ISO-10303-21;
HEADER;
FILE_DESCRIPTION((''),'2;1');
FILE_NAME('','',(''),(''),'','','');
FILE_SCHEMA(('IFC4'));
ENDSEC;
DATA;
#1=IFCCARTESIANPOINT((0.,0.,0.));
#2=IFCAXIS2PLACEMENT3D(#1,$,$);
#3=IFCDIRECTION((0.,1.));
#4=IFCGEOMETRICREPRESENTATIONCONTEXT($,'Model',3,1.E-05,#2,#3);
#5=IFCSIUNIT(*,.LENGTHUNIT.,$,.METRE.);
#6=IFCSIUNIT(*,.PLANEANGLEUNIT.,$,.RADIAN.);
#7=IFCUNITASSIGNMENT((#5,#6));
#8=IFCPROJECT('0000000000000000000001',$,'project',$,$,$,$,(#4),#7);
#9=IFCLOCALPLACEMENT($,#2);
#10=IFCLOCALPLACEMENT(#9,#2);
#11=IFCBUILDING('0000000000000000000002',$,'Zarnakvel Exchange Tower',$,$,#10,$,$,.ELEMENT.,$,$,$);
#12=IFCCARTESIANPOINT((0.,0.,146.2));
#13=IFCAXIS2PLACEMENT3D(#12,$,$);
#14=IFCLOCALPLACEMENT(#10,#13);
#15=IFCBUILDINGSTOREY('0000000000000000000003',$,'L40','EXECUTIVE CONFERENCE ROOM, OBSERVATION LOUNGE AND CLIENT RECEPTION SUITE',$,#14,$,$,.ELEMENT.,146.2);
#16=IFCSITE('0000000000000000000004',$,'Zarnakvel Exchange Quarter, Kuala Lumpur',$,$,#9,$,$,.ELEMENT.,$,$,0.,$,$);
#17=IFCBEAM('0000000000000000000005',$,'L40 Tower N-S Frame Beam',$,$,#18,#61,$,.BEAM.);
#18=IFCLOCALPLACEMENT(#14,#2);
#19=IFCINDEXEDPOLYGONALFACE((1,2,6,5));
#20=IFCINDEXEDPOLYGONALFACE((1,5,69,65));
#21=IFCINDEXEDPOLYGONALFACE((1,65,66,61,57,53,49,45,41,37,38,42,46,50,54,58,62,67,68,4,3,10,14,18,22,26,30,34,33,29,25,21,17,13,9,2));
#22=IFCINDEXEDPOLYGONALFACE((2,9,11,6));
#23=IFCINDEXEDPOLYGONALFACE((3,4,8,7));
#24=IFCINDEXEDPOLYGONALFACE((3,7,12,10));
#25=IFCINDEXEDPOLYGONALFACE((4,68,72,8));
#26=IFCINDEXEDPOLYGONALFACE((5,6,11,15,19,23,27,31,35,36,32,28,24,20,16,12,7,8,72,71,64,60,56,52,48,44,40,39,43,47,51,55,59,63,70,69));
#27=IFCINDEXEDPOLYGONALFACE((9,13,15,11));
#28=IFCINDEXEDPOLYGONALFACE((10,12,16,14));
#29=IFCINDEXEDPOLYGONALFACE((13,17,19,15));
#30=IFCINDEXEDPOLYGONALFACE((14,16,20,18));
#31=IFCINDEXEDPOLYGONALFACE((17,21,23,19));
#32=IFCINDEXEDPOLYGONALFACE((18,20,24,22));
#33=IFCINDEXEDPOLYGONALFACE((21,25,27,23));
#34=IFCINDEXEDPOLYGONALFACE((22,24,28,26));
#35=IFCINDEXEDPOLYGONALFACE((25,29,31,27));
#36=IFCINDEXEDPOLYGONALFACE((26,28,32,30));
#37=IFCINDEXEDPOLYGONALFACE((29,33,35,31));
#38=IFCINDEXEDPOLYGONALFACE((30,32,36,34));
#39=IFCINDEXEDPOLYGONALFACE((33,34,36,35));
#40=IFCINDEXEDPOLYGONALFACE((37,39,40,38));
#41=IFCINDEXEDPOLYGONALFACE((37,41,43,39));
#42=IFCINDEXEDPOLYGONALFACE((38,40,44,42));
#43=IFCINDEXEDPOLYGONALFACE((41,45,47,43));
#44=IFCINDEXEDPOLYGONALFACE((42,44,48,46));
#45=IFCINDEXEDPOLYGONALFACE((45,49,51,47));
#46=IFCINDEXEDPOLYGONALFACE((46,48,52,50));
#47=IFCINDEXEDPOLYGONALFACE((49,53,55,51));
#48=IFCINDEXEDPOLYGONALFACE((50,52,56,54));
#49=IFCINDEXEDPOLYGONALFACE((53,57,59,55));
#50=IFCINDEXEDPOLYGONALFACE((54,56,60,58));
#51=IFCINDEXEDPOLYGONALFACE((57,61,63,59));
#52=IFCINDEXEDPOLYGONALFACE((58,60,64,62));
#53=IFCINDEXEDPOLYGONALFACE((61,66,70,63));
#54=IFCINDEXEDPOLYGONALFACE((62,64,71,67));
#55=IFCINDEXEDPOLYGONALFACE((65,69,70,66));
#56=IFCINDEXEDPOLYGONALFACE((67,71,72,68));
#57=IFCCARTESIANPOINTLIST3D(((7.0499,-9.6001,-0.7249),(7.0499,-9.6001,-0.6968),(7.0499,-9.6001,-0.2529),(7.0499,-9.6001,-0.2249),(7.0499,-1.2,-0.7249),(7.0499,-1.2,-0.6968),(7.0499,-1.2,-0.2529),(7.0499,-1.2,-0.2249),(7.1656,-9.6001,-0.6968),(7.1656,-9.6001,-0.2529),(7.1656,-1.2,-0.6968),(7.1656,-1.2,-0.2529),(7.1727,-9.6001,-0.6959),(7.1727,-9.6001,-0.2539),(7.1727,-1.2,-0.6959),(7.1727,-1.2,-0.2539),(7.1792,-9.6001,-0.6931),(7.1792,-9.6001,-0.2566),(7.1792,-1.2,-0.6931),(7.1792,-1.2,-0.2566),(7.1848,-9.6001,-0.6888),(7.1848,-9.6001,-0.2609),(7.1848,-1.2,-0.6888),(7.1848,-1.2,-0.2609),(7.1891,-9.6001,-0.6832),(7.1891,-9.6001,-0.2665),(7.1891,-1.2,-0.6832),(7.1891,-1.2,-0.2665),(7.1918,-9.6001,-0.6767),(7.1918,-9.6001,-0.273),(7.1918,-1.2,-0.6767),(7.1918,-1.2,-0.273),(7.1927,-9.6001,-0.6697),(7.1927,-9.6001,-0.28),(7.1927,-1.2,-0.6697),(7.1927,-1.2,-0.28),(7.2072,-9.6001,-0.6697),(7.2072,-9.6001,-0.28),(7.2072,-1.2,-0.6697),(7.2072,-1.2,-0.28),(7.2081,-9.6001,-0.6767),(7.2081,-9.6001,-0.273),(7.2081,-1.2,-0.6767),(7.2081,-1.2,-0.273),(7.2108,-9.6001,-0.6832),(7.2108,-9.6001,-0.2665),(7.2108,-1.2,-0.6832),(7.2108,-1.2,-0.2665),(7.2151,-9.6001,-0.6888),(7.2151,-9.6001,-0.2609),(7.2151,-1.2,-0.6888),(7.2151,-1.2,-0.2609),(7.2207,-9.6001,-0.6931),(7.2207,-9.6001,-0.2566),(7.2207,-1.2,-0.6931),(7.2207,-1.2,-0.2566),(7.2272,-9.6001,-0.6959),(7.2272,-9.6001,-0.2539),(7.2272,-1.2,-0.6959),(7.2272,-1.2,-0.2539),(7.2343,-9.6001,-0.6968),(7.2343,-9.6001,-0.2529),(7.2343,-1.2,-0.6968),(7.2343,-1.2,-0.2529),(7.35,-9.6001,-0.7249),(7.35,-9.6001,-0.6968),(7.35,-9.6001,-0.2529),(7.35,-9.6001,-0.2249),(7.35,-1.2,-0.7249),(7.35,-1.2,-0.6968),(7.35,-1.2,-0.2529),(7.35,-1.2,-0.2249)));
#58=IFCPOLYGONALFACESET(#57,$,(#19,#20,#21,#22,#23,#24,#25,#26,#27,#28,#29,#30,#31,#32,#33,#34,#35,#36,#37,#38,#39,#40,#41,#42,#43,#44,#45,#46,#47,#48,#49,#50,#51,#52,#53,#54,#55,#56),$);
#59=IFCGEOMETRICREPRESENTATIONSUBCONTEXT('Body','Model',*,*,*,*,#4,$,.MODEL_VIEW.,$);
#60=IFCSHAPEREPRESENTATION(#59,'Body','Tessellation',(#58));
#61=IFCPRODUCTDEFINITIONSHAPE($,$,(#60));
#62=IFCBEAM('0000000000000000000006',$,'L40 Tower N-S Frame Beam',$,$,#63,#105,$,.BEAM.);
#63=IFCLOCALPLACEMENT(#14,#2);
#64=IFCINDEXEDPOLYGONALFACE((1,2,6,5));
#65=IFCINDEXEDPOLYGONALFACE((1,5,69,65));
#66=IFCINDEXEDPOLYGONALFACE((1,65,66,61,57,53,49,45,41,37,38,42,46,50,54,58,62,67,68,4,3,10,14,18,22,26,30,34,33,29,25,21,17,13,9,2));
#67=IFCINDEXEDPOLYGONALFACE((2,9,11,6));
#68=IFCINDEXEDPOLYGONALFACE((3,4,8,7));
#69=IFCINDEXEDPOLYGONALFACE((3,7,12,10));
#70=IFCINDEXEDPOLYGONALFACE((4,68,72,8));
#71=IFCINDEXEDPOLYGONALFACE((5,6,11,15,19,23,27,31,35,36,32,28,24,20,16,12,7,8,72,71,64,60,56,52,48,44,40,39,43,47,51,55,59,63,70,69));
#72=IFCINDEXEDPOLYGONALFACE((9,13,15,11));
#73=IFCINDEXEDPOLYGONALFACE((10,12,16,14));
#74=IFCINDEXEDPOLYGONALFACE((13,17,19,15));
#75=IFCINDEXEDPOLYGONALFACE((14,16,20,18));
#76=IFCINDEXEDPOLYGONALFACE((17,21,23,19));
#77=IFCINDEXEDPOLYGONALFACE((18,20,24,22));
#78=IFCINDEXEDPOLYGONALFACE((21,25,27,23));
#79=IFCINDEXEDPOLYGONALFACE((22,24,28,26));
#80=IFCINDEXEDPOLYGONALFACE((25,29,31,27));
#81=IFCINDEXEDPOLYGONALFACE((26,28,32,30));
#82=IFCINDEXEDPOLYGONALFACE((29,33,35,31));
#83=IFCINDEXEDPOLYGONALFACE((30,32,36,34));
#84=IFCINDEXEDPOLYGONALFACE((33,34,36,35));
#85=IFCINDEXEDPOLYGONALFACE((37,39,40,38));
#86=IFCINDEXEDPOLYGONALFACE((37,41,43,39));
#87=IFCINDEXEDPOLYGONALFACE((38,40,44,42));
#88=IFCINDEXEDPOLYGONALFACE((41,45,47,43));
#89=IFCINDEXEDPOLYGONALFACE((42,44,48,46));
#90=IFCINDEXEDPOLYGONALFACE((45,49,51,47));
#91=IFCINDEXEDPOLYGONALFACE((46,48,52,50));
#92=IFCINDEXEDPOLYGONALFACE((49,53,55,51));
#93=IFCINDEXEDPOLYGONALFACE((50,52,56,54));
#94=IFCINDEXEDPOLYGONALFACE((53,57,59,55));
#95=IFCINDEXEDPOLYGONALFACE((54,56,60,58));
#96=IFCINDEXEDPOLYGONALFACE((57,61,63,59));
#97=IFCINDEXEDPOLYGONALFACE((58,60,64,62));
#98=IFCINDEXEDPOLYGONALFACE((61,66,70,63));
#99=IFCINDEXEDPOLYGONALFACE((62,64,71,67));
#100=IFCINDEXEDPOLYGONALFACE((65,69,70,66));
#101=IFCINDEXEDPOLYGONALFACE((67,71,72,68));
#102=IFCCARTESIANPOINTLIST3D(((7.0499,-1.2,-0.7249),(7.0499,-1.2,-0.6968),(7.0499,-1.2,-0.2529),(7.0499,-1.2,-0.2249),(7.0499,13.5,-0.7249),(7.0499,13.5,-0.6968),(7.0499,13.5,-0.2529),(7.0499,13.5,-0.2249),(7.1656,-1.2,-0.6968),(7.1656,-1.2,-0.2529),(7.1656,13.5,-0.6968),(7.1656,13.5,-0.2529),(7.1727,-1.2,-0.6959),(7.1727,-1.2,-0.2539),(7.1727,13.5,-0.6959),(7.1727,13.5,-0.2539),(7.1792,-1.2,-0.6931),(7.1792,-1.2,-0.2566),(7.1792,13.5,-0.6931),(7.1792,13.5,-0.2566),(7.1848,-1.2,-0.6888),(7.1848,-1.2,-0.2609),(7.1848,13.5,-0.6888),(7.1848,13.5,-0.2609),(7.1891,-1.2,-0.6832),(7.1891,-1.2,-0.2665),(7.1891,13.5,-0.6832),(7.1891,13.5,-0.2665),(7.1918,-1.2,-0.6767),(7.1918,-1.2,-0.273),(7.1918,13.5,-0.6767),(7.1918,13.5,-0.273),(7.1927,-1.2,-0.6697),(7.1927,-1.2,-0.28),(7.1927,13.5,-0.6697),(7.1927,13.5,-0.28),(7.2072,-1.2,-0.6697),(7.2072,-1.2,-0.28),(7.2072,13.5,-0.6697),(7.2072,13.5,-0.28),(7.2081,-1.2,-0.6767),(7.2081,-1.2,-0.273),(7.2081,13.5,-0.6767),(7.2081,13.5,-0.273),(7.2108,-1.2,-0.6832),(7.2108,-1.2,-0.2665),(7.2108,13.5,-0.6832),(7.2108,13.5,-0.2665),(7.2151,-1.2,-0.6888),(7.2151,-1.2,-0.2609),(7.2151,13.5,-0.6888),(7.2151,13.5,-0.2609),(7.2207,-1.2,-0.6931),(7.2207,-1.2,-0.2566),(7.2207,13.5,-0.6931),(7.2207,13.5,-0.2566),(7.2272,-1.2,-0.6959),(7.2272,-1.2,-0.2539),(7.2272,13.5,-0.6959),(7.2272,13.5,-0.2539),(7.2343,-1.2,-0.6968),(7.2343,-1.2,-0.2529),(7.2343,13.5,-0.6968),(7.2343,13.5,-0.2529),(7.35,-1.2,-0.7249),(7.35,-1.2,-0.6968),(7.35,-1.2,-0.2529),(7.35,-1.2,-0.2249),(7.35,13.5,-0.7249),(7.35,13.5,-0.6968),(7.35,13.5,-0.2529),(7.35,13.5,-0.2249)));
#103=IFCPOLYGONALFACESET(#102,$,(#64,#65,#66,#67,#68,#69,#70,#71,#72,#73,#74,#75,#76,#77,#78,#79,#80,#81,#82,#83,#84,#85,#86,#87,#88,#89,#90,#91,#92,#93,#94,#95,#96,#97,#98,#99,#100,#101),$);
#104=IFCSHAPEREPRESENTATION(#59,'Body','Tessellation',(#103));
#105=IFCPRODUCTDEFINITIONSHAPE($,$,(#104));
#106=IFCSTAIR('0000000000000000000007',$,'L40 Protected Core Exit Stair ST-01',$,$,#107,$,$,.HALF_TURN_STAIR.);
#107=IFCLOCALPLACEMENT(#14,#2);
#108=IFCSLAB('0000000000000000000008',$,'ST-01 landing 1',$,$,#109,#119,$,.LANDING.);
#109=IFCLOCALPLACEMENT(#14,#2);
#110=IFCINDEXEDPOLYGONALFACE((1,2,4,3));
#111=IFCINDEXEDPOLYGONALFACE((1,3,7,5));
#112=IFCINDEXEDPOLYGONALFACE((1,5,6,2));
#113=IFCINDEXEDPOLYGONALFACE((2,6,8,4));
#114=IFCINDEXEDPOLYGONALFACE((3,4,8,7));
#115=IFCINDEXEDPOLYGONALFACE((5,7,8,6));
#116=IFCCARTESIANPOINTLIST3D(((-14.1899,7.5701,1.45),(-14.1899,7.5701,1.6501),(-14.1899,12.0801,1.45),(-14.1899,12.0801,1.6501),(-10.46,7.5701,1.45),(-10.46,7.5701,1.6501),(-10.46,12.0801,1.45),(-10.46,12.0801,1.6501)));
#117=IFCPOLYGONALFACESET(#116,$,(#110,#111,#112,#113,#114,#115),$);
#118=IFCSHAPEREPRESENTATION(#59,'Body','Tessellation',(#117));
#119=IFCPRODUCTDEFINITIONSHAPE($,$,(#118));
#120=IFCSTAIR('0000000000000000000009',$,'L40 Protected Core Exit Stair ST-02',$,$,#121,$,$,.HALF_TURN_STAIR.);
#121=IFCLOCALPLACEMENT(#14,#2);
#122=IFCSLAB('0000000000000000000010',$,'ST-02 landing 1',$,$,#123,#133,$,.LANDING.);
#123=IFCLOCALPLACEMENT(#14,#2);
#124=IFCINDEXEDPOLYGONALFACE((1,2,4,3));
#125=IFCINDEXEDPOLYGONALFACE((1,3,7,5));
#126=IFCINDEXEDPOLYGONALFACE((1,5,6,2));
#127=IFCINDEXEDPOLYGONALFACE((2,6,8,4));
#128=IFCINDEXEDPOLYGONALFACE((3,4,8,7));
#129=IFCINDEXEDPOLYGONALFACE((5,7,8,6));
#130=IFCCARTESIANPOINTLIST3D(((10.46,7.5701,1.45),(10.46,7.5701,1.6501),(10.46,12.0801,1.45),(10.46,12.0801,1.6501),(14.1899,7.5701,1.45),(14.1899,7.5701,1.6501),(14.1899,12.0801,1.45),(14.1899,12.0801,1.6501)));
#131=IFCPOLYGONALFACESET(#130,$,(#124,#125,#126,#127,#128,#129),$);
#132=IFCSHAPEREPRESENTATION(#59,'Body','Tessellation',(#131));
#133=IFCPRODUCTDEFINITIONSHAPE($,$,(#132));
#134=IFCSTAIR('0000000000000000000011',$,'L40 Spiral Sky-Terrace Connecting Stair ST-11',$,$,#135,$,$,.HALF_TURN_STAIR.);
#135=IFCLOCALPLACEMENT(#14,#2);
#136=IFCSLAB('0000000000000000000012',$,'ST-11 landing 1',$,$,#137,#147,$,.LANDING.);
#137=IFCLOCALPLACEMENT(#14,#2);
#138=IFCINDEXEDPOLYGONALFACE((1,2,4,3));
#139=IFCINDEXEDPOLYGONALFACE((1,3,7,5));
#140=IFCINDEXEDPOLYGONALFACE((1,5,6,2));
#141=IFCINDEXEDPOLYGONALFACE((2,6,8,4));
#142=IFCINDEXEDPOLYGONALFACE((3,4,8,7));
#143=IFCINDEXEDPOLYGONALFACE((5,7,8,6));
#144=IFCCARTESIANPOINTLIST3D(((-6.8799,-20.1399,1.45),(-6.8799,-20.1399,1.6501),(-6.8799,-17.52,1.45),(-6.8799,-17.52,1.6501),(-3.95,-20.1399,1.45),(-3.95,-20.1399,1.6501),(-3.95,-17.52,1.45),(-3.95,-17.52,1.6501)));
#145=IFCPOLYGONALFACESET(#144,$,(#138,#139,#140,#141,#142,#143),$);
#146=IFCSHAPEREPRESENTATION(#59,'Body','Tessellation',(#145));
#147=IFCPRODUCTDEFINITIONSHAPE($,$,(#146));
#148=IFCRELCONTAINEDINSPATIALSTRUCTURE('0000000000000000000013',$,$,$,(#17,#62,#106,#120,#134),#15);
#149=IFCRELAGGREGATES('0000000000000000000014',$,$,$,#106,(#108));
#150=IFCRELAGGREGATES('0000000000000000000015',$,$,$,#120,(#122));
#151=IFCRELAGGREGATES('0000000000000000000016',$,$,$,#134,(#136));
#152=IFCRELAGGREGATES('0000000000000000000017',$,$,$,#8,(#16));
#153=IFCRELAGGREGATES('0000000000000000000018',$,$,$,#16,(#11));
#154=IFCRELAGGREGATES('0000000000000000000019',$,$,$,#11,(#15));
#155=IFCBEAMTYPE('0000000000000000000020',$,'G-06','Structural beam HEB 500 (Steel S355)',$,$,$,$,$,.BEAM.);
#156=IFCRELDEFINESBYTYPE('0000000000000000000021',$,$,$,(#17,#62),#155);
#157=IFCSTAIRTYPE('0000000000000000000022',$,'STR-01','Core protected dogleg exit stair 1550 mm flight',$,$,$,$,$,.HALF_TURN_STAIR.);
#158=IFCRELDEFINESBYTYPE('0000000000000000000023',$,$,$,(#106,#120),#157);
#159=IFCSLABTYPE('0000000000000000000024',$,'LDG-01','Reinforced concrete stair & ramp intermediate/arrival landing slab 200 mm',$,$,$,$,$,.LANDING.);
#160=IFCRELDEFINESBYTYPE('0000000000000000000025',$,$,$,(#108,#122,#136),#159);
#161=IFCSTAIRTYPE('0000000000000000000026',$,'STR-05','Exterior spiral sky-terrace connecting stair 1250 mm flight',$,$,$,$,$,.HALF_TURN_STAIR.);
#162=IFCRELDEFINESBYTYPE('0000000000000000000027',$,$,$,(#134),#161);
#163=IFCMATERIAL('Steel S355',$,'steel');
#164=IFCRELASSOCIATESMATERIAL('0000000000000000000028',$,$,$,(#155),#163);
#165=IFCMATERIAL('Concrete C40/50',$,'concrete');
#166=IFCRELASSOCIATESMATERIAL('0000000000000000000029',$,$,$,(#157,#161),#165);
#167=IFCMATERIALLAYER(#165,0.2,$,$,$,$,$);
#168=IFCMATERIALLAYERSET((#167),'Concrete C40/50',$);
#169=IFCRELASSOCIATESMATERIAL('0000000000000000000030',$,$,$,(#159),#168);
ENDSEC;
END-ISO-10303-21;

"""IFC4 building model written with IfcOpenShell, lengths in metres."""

from ifc_helpers import new_model, si_unit, direction, frame, origin, origin_2d, place, context, subcontext, project, spatial, polyline, i_section, outline, extrude, material, layer, layer_set, material_profile, profile_set, type_object, element, aggregate, save


model = new_model("IFC4")

# Units and contexts
model_context = context("Model", 3, precision=1e-05, world=origin(), true_north=direction((0.0, 1.0)))
body_context = subcontext(model_context, "Body", "Model", "MODEL_VIEW")
ifc_project = project(units=[si_unit("LENGTHUNIT", "METRE"), si_unit("PLANEANGLEUNIT", "RADIAN")], contexts=[model_context])

# Site, building, storey
site_placement = place(None, origin())
site = spatial("IfcSite", under=ifc_project, at=site_placement, Name="Zarnakvel Exchange Quarter, Kuala Lumpur", CompositionType="ELEMENT", RefElevation=0.0)
building_placement = place(site_placement, origin())
building = spatial("IfcBuilding", under=site, at=building_placement, Name="Zarnakvel Exchange Tower", CompositionType="ELEMENT")
storey_placement = place(building_placement, frame((0.0, 0.0, 146.2)))
storey = spatial("IfcBuildingStorey", under=building, at=storey_placement, Name="L40", Description="EXECUTIVE CONFERENCE ROOM, OBSERVATION LOUNGE AND CLIENT RECEPTION SUITE", CompositionType="ELEMENT", Elevation=146.2)

# Beams
ifc_material_1 = material(Name="Steel S355", Category="steel")
ifc_material_profile_1 = material_profile(ifc_material_1, i_section(OverallWidth=0.3, OverallDepth=0.5, WebThickness=0.0144, FlangeThickness=0.0281, FilletRadius=0.0271, at=origin_2d()))
ifc_profile_set_1 = profile_set([ifc_material_profile_1], Name="Steel S355")
beam_type_1 = type_object("IfcBeamType", Name="G-06", Description="Structural beam HEB 500 (Steel S355)", PredefinedType="BEAM", material=ifc_profile_set_1)
beam_1_placement = place(storey_placement, frame((7.2, -9.6001, -0.4749), z_axis=(0.0, 1.0, 0.0), x_axis=(-1.0, 0.0, 0.0)))
element("IfcBeam", 1, at=beam_1_placement, inside=storey, type_object=beam_type_1, Name="L40 Tower N-S Frame Beam", PredefinedType="BEAM", context=body_context, shape_type="SweptSolid", body=[
    extrude(i_section(OverallWidth=0.3, OverallDepth=0.5, WebThickness=0.0144, FlangeThickness=0.0281, FilletRadius=0.0271, at=origin_2d()), origin(), (0.0, 0.0, 1.0), 8.4001),
])
beam_2_placement = place(storey_placement, frame((7.2, -1.2, -0.4749), z_axis=(0.0, 1.0, 0.0), x_axis=(-1.0, 0.0, 0.0)))
element("IfcBeam", 2, at=beam_2_placement, inside=storey, type_object=beam_type_1, Name="L40 Tower N-S Frame Beam", PredefinedType="BEAM", context=body_context, shape_type="SweptSolid", body=[
    extrude(i_section(OverallWidth=0.3, OverallDepth=0.5, WebThickness=0.0144, FlangeThickness=0.0281, FilletRadius=0.0271, at=origin_2d()), origin(), (0.0, 0.0, 1.0), 14.7),
])

# Stairs, slabs
ifc_material_2 = material(Name="Concrete C40/50", Category="concrete")
stair_type_1 = type_object("IfcStairType", Name="STR-01", Description="Core protected dogleg exit stair 1550 mm flight", PredefinedType="HALF_TURN_STAIR", material=ifc_material_2)
stair_1_placement = place(storey_placement, origin())
stair_1 = element("IfcStair", 3, at=stair_1_placement, inside=storey, type_object=stair_type_1, Name="L40 Protected Core Exit Stair ST-01", PredefinedType="HALF_TURN_STAIR")
ifc_layer_1 = layer(ifc_material_2, 0.2)
ifc_layer_set_1 = layer_set([ifc_layer_1], Name="Concrete C40/50")
slab_type_1 = type_object("IfcSlabType", Name="LDG-01", Description="Reinforced concrete stair & ramp intermediate/arrival landing slab 200 mm", PredefinedType="LANDING", material=ifc_layer_set_1)
slab_1_placement = place(storey_placement, frame((0.0, 0.0, 1.45)))
slab_1 = element("IfcSlab", 4, at=slab_1_placement, type_object=slab_type_1, Name="ST-01 landing 1", PredefinedType="LANDING", context=body_context, shape_type="SweptSolid", body=[
    extrude(outline(polyline([(-14.1899, 7.5701), (-10.46, 7.5701), (-10.46, 12.0801), (-14.1899, 12.0801), (-14.1899, 7.5701)])), origin(), (0.0, 0.0, 1.0), 0.2002),
])
aggregate(stair_1, [slab_1])
stair_2_placement = place(storey_placement, origin())
stair_2 = element("IfcStair", 5, at=stair_2_placement, inside=storey, type_object=stair_type_1, Name="L40 Protected Core Exit Stair ST-02", PredefinedType="HALF_TURN_STAIR")
slab_2_placement = place(storey_placement, frame((0.0, 0.0, 1.45)))
slab_2 = element("IfcSlab", 6, at=slab_2_placement, type_object=slab_type_1, Name="ST-02 landing 1", PredefinedType="LANDING", context=body_context, shape_type="SweptSolid", body=[
    extrude(outline(polyline([(10.46, 7.5701), (14.1899, 7.5701), (14.1899, 12.0801), (10.46, 12.0801), (10.46, 7.5701)])), origin(), (0.0, 0.0, 1.0), 0.2002),
])
aggregate(stair_2, [slab_2])
stair_type_2 = type_object("IfcStairType", Name="STR-05", Description="Exterior spiral sky-terrace connecting stair 1250 mm flight", PredefinedType="HALF_TURN_STAIR", material=ifc_material_2)
stair_3_placement = place(storey_placement, origin())
stair_3 = element("IfcStair", 7, at=stair_3_placement, inside=storey, type_object=stair_type_2, Name="L40 Spiral Sky-Terrace Connecting Stair ST-11", PredefinedType="HALF_TURN_STAIR")
slab_3_placement = place(storey_placement, frame((0.0, 0.0, 1.45)))
slab_3 = element("IfcSlab", 8, at=slab_3_placement, type_object=slab_type_1, Name="ST-11 landing 1", PredefinedType="LANDING", context=body_context, shape_type="SweptSolid", body=[
    extrude(outline(polyline([(-6.8799, -20.1399), (-3.95, -20.1399), (-3.95, -17.52), (-6.8799, -17.52), (-6.8799, -20.1399)])), origin(), (0.0, 0.0, 1.0), 0.2002),
])
aggregate(stair_3, [slab_3])

save(model, "model.ifc")
